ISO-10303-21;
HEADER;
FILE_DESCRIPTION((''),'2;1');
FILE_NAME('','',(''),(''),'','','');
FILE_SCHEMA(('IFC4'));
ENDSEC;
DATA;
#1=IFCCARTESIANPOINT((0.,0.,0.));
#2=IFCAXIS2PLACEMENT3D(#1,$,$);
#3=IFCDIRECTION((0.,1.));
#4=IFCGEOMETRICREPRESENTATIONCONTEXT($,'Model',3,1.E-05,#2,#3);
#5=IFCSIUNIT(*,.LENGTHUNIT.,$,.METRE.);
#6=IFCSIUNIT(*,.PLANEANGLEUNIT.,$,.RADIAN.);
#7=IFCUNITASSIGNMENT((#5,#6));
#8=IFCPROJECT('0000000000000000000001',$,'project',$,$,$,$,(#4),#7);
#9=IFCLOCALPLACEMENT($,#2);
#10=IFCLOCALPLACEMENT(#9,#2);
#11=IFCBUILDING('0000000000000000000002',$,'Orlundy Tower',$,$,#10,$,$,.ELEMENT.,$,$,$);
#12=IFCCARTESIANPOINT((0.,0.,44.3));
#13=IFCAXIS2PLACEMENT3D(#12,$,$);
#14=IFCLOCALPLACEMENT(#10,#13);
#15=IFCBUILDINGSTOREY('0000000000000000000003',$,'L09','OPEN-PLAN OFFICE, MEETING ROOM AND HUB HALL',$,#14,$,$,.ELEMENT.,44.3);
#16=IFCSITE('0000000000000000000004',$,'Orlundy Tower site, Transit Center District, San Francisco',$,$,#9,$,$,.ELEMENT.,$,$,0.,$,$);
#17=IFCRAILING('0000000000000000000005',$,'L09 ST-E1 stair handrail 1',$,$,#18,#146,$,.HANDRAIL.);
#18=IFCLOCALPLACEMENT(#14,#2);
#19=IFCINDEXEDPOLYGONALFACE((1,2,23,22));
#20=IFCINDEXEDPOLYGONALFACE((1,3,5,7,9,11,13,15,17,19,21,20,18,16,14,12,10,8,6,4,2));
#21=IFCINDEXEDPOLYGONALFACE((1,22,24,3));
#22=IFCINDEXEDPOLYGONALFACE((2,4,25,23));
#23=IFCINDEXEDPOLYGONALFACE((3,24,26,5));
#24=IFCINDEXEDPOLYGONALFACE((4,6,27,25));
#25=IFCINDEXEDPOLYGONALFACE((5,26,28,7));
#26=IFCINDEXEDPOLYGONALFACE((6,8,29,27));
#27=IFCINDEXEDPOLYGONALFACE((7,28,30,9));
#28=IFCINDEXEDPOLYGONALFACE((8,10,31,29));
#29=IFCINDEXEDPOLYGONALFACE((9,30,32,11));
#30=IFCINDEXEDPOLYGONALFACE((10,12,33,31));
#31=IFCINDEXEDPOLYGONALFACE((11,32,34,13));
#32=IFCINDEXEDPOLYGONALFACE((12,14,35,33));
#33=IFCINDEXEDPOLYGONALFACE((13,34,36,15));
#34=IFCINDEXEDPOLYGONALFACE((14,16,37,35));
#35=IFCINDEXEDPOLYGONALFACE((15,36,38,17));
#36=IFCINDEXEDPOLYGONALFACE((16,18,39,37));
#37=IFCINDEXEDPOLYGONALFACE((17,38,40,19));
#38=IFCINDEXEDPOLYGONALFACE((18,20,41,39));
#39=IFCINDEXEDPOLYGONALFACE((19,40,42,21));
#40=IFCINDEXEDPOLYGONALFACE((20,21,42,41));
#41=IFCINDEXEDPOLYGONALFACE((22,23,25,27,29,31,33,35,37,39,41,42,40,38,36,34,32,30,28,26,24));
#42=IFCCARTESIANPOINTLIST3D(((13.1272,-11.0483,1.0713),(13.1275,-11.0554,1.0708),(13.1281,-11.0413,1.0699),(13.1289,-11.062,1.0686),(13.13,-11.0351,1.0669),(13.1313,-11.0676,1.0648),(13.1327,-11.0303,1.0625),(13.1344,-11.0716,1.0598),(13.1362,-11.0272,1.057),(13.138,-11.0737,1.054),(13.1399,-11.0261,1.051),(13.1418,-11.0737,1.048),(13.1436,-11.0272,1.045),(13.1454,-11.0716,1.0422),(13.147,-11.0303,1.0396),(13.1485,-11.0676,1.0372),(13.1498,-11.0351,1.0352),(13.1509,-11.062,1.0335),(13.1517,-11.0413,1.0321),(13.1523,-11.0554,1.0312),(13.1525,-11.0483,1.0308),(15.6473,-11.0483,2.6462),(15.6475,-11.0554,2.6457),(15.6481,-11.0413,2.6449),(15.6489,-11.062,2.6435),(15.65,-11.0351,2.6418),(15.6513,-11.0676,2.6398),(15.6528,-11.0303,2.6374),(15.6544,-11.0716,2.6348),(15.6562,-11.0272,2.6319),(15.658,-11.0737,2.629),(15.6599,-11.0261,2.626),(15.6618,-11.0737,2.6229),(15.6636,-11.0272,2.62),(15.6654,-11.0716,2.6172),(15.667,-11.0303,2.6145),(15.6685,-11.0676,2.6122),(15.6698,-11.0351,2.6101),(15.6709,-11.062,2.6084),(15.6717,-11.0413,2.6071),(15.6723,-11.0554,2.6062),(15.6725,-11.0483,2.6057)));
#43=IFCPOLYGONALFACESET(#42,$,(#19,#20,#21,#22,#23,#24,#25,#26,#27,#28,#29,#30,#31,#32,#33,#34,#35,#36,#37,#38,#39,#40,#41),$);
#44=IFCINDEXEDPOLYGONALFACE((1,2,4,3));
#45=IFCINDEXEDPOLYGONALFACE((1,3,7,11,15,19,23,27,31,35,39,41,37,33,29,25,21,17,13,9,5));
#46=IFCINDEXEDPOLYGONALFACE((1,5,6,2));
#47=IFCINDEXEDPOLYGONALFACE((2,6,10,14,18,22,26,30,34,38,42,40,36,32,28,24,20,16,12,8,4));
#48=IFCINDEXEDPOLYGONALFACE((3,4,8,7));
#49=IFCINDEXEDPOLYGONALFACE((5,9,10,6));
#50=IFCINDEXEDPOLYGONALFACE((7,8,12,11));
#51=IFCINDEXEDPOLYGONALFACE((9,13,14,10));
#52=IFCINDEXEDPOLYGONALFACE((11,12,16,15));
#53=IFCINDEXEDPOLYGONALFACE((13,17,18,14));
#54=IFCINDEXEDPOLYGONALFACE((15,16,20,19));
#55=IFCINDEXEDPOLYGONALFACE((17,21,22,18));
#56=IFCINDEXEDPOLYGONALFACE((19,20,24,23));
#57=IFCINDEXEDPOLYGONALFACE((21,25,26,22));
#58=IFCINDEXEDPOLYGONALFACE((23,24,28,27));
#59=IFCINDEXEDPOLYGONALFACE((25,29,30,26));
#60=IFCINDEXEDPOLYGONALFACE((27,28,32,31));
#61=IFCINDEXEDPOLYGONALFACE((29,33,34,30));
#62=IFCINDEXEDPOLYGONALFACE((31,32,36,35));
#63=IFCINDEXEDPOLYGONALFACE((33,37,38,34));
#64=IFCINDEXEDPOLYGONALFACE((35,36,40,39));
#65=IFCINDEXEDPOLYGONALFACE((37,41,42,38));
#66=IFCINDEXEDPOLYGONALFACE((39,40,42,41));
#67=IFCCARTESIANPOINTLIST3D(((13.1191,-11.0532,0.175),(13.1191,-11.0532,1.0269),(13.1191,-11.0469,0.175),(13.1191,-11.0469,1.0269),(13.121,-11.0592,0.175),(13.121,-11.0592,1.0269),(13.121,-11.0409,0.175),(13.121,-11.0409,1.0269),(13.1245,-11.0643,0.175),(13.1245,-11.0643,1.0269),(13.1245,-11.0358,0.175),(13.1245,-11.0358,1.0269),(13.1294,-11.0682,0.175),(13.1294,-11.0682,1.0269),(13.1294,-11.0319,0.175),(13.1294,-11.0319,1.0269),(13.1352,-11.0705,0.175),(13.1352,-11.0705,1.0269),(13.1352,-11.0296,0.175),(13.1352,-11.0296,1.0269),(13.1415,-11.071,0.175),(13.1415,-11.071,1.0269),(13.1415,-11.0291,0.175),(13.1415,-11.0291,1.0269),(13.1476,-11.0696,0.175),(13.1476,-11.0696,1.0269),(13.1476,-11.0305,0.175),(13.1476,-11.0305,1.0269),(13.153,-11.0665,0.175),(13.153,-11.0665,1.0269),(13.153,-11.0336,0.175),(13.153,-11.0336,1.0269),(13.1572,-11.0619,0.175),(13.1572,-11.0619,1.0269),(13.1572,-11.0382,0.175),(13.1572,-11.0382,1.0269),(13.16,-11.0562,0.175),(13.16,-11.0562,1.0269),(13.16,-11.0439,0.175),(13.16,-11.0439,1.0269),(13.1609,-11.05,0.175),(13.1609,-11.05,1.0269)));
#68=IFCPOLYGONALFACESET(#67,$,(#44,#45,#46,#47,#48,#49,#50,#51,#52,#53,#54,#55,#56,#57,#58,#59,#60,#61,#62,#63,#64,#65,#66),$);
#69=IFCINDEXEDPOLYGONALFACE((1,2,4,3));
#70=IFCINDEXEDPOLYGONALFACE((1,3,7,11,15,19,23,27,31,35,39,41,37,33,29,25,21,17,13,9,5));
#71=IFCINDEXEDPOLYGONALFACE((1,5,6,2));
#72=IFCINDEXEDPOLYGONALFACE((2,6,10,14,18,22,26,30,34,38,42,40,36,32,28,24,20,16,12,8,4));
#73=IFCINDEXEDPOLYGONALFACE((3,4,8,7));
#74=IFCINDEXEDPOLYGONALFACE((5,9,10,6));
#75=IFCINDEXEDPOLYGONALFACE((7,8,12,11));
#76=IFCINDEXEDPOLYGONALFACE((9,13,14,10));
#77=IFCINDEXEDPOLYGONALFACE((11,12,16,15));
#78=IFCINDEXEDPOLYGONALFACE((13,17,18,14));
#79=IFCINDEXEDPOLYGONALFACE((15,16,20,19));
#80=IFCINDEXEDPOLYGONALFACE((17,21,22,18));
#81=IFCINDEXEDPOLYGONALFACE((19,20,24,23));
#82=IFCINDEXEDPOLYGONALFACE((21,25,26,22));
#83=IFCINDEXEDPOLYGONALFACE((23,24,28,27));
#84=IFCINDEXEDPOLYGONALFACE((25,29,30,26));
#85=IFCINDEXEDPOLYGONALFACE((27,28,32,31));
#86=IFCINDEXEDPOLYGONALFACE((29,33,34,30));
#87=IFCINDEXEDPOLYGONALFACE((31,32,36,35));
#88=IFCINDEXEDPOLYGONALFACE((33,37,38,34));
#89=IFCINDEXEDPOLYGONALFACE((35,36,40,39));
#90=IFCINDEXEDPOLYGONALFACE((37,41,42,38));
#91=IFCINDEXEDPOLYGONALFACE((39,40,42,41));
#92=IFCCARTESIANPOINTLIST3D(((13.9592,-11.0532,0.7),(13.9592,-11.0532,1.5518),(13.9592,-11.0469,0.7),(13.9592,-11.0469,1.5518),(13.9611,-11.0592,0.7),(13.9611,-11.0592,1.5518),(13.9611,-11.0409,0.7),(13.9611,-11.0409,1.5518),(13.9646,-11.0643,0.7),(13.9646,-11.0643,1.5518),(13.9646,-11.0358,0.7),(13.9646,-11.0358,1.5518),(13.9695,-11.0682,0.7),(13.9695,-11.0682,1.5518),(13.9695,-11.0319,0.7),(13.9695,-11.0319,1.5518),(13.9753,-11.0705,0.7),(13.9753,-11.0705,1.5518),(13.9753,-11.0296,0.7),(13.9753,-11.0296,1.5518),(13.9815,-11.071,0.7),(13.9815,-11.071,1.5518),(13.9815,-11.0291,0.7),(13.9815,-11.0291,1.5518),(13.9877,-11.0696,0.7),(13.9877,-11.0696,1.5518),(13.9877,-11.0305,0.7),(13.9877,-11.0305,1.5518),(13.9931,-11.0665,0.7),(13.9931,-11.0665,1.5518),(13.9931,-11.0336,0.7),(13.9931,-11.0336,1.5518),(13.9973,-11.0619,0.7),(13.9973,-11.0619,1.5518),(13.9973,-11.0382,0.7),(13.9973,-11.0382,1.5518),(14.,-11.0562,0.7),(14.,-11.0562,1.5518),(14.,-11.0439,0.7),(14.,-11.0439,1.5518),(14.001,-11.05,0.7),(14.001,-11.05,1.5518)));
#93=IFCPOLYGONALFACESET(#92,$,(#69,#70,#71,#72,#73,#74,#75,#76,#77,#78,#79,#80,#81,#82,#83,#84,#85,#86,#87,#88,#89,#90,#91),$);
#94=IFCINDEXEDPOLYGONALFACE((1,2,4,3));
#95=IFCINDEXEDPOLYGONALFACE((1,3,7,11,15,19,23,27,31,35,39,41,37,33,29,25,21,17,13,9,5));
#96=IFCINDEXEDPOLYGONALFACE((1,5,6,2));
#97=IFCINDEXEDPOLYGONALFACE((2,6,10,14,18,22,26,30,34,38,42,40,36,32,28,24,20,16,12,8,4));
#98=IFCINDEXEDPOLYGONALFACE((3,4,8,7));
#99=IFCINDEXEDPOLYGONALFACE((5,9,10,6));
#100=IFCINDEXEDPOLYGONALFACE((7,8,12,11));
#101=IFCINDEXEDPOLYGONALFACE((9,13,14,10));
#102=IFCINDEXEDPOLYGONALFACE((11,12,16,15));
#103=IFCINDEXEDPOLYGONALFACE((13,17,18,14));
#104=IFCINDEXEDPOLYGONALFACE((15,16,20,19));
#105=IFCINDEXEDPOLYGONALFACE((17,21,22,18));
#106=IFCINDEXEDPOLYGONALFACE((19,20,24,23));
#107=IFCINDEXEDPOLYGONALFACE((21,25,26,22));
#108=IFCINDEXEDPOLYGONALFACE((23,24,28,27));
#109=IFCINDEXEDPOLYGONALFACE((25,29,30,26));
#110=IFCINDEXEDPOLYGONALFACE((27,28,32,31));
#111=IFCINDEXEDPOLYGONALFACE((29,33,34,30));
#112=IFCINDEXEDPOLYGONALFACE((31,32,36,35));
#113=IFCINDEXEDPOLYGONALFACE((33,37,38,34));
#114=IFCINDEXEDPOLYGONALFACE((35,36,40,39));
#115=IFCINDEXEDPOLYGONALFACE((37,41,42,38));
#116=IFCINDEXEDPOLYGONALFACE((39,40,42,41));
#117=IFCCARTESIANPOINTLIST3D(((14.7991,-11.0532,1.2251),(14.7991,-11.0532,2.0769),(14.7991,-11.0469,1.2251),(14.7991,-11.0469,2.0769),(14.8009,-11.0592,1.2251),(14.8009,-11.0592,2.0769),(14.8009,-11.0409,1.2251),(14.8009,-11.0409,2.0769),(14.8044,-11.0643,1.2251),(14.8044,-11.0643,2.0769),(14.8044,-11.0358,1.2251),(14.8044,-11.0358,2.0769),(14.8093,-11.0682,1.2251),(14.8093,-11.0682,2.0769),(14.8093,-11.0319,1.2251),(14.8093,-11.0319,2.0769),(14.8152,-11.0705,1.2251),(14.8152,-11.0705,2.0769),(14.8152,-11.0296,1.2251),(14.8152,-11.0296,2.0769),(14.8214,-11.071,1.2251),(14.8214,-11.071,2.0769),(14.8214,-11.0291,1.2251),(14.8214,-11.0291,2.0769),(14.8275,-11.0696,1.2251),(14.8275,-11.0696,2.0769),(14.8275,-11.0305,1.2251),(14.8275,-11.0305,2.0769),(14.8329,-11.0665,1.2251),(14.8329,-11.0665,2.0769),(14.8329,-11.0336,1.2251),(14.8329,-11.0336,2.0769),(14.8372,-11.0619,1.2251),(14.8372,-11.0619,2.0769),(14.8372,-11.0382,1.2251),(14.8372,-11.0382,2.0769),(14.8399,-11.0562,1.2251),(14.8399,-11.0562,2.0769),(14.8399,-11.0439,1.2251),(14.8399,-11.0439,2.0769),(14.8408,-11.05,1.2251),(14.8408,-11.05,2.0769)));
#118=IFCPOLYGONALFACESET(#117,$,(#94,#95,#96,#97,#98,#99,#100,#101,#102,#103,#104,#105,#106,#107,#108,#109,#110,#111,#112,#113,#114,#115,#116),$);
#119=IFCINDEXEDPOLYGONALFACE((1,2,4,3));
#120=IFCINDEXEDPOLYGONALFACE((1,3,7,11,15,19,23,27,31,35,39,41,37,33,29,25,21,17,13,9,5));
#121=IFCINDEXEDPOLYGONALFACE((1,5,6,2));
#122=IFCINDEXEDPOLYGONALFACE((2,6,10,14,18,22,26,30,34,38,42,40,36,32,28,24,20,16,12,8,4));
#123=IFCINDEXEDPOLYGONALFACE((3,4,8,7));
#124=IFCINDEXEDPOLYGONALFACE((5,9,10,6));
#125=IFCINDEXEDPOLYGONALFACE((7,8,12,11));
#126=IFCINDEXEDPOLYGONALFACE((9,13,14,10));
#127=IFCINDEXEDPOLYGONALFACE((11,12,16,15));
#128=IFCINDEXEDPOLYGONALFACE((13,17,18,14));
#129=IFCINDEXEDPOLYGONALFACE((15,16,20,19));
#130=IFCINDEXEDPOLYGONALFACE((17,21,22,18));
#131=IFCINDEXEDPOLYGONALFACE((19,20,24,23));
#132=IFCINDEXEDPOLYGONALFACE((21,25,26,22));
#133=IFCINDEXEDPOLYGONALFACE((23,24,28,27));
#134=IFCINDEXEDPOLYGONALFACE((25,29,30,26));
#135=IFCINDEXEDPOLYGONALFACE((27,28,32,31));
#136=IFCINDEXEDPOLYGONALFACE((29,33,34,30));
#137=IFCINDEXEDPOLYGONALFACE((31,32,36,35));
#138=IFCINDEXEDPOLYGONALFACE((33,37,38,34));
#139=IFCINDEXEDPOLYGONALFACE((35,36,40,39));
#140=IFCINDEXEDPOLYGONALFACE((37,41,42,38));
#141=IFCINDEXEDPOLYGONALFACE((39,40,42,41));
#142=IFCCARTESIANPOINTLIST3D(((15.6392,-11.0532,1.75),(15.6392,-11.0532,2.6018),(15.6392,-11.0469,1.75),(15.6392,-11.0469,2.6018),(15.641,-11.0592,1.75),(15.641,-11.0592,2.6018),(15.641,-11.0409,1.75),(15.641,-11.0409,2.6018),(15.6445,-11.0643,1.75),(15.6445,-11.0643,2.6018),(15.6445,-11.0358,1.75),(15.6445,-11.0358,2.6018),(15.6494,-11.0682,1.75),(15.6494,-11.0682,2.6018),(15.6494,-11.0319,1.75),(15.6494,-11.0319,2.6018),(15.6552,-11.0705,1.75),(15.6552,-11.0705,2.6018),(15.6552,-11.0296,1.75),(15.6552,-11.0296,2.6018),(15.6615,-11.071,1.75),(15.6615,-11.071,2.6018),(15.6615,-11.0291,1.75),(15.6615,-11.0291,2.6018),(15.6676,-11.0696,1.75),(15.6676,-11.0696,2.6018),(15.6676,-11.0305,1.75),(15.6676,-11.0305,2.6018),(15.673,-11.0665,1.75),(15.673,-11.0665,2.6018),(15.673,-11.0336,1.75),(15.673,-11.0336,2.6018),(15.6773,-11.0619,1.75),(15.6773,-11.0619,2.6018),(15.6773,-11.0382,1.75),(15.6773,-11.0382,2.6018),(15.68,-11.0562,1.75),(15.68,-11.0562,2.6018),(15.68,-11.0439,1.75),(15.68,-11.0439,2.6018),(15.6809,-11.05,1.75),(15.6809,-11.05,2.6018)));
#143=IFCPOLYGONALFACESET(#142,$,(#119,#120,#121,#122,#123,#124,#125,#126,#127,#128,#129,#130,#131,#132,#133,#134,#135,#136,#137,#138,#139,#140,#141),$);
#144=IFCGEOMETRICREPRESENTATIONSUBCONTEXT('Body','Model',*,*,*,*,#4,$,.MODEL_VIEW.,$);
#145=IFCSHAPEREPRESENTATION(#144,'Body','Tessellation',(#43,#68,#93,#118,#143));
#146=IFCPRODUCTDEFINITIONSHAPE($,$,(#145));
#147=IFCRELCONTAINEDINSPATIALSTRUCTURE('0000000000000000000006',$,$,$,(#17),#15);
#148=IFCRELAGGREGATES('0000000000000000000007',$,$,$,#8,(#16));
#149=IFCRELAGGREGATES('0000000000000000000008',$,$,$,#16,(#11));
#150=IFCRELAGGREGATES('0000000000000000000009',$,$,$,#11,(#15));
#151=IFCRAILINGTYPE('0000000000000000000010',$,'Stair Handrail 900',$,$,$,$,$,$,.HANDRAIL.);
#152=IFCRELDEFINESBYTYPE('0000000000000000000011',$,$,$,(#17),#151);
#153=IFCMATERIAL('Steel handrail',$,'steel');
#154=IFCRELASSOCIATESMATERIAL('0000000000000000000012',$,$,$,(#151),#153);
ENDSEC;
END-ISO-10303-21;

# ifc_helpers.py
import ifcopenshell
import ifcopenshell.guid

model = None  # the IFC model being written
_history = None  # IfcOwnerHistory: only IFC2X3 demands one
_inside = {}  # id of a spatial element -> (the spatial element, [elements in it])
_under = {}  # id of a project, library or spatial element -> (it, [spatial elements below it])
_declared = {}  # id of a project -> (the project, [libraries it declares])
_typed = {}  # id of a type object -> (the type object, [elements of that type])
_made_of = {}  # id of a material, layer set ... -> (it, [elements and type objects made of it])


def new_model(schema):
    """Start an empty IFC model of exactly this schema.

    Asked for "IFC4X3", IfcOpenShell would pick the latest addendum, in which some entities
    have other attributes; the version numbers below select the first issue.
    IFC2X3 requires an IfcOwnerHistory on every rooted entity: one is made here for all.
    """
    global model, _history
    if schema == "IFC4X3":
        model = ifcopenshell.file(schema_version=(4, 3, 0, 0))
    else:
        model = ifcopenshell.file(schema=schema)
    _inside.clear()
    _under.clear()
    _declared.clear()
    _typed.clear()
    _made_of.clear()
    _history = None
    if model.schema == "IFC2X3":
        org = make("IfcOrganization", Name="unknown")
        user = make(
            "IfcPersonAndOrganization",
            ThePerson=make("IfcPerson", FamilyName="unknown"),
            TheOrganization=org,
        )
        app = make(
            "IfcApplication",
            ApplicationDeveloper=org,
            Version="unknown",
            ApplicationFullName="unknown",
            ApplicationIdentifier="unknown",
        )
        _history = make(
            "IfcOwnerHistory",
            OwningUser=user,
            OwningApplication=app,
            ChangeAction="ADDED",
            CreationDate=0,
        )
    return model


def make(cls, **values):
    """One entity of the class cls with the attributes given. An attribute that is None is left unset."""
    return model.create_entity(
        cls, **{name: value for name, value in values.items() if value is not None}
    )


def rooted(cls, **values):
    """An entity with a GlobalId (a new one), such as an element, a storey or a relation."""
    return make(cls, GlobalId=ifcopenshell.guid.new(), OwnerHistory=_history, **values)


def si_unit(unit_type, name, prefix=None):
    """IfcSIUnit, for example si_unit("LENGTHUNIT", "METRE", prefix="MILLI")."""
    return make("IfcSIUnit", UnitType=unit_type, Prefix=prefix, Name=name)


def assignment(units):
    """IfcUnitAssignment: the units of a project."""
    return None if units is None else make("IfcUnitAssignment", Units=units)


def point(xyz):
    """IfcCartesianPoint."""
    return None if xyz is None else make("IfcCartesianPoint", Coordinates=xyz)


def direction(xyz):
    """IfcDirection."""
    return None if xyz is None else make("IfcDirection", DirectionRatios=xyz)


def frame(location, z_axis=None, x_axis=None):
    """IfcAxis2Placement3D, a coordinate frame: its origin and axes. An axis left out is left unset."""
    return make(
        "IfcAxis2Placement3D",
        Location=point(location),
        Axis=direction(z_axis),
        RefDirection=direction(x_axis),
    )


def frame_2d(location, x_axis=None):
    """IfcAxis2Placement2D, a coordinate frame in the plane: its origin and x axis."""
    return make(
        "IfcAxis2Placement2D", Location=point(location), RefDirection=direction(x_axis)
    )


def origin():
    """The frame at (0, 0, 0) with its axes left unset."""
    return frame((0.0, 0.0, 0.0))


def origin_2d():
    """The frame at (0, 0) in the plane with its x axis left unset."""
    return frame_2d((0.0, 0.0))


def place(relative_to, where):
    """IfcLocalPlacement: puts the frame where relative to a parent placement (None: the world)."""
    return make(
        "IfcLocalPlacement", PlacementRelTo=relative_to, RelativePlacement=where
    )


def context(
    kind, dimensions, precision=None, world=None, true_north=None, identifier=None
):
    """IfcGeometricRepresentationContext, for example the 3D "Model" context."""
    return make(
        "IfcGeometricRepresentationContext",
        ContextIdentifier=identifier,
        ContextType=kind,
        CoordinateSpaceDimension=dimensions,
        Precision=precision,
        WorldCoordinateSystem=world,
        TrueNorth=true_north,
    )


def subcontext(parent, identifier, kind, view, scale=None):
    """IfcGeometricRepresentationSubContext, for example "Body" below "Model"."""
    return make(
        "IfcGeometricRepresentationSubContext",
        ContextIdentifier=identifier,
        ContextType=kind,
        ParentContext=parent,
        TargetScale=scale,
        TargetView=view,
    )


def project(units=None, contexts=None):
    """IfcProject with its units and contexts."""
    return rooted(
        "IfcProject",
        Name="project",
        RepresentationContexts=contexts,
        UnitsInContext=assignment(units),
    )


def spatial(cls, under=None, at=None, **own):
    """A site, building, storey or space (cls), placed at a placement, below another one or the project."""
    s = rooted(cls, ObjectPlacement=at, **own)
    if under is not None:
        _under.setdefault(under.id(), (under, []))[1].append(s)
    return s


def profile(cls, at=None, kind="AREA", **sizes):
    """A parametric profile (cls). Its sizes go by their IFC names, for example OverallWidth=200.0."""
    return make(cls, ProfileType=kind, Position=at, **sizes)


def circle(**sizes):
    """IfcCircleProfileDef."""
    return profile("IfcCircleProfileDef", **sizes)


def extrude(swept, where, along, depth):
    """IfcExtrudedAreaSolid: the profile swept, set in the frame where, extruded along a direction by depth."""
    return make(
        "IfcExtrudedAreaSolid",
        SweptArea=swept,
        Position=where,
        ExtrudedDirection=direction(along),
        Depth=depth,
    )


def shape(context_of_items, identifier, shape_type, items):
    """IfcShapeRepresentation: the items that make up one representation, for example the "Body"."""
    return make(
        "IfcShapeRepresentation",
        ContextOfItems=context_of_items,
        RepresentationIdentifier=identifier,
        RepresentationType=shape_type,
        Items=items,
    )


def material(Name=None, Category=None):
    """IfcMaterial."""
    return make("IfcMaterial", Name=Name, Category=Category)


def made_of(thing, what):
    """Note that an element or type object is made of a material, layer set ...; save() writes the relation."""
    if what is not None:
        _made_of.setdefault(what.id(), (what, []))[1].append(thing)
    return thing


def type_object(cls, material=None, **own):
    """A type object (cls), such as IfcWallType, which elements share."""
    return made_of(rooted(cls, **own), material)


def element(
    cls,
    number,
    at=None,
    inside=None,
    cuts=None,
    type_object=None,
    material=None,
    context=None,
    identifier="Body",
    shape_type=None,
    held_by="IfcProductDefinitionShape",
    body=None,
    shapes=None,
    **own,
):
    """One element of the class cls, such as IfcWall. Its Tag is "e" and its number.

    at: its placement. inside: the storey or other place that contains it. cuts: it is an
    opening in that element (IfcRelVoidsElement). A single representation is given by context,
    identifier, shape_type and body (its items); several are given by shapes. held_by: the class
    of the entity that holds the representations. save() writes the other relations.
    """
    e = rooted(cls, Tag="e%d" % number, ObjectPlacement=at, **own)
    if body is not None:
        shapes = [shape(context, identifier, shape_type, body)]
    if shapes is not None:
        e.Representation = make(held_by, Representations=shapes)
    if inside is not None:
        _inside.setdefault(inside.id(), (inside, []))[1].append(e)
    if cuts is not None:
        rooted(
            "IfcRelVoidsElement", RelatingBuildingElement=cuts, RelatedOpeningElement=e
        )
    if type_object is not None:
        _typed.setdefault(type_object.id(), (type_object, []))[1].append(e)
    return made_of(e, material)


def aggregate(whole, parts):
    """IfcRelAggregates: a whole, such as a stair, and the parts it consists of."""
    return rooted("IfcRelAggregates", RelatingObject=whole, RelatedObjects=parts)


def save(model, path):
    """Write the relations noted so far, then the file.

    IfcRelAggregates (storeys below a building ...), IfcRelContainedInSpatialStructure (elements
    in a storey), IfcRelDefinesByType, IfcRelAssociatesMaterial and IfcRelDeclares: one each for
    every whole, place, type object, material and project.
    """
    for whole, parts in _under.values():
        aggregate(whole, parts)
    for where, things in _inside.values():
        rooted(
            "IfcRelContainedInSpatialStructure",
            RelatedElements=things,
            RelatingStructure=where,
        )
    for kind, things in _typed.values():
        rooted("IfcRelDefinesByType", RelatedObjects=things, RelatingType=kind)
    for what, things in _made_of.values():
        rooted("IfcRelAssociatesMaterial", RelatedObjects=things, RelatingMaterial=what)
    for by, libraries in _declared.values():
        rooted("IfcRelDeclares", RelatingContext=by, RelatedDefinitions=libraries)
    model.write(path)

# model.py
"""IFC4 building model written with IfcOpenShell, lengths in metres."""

from ifc_helpers import new_model, si_unit, direction, frame, origin, origin_2d, place, context, subcontext, project, spatial, circle, extrude, material, type_object, element, save


model = new_model("IFC4")

# Units and contexts
model_context = context("Model", 3, precision=1e-05, world=origin(), true_north=direction((0.0, 1.0)))
body_context = subcontext(model_context, "Body", "Model", "MODEL_VIEW")
ifc_project = project(units=[si_unit("LENGTHUNIT", "METRE"), si_unit("PLANEANGLEUNIT", "RADIAN")], contexts=[model_context])

# Site, building, storey
site_placement = place(None, origin())
site = spatial("IfcSite", under=ifc_project, at=site_placement, Name="Orlundy Tower site, Transit Center District, San Francisco", CompositionType="ELEMENT", RefElevation=0.0)
building_placement = place(site_placement, origin())
building = spatial("IfcBuilding", under=site, at=building_placement, Name="Orlundy Tower", CompositionType="ELEMENT")
storey_placement = place(building_placement, frame((0.0, 0.0, 44.3)))
storey = spatial("IfcBuildingStorey", under=building, at=storey_placement, Name="L09", Description="OPEN-PLAN OFFICE, MEETING ROOM AND HUB HALL", CompositionType="ELEMENT", Elevation=44.3)

# Railing
ifc_material_1 = material(Name="Steel handrail", Category="steel")
railing_type_1 = type_object("IfcRailingType", Name="Stair Handrail 900", PredefinedType="HANDRAIL", material=ifc_material_1)
railing_1_placement = place(storey_placement, frame((13.1399, -11.05, 0.175)))
element("IfcRailing", 1, at=railing_1_placement, inside=storey, type_object=railing_type_1, Name="L09 ST-E1 stair handrail 1", PredefinedType="HANDRAIL", context=body_context, shape_type="SweptSolid", body=[
    extrude(circle(Radius=0.0239, at=origin_2d()), frame((0.0, 0.0, 0.876), z_axis=(0.848008, 0.0, 0.529984), x_axis=(0.0, 1.0, 0.0)), (0.0, 0.0, 1.0), 2.9717),
    extrude(circle(Radius=0.021, at=origin_2d()), origin(), (0.0, 0.0, 1.0), 0.8518),
    extrude(circle(Radius=0.021, at=origin_2d()), frame((0.8401, 0.0, 0.5249)), (0.0, 0.0, 1.0), 0.8518),
    extrude(circle(Radius=0.021, at=origin_2d()), frame((1.6799, 0.0, 1.05)), (0.0, 0.0, 1.0), 0.8518),
    extrude(circle(Radius=0.021, at=origin_2d()), frame((2.52, 0.0, 1.575)), (0.0, 0.0, 1.0), 0.8518),
])

save(model, "model.ifc")
